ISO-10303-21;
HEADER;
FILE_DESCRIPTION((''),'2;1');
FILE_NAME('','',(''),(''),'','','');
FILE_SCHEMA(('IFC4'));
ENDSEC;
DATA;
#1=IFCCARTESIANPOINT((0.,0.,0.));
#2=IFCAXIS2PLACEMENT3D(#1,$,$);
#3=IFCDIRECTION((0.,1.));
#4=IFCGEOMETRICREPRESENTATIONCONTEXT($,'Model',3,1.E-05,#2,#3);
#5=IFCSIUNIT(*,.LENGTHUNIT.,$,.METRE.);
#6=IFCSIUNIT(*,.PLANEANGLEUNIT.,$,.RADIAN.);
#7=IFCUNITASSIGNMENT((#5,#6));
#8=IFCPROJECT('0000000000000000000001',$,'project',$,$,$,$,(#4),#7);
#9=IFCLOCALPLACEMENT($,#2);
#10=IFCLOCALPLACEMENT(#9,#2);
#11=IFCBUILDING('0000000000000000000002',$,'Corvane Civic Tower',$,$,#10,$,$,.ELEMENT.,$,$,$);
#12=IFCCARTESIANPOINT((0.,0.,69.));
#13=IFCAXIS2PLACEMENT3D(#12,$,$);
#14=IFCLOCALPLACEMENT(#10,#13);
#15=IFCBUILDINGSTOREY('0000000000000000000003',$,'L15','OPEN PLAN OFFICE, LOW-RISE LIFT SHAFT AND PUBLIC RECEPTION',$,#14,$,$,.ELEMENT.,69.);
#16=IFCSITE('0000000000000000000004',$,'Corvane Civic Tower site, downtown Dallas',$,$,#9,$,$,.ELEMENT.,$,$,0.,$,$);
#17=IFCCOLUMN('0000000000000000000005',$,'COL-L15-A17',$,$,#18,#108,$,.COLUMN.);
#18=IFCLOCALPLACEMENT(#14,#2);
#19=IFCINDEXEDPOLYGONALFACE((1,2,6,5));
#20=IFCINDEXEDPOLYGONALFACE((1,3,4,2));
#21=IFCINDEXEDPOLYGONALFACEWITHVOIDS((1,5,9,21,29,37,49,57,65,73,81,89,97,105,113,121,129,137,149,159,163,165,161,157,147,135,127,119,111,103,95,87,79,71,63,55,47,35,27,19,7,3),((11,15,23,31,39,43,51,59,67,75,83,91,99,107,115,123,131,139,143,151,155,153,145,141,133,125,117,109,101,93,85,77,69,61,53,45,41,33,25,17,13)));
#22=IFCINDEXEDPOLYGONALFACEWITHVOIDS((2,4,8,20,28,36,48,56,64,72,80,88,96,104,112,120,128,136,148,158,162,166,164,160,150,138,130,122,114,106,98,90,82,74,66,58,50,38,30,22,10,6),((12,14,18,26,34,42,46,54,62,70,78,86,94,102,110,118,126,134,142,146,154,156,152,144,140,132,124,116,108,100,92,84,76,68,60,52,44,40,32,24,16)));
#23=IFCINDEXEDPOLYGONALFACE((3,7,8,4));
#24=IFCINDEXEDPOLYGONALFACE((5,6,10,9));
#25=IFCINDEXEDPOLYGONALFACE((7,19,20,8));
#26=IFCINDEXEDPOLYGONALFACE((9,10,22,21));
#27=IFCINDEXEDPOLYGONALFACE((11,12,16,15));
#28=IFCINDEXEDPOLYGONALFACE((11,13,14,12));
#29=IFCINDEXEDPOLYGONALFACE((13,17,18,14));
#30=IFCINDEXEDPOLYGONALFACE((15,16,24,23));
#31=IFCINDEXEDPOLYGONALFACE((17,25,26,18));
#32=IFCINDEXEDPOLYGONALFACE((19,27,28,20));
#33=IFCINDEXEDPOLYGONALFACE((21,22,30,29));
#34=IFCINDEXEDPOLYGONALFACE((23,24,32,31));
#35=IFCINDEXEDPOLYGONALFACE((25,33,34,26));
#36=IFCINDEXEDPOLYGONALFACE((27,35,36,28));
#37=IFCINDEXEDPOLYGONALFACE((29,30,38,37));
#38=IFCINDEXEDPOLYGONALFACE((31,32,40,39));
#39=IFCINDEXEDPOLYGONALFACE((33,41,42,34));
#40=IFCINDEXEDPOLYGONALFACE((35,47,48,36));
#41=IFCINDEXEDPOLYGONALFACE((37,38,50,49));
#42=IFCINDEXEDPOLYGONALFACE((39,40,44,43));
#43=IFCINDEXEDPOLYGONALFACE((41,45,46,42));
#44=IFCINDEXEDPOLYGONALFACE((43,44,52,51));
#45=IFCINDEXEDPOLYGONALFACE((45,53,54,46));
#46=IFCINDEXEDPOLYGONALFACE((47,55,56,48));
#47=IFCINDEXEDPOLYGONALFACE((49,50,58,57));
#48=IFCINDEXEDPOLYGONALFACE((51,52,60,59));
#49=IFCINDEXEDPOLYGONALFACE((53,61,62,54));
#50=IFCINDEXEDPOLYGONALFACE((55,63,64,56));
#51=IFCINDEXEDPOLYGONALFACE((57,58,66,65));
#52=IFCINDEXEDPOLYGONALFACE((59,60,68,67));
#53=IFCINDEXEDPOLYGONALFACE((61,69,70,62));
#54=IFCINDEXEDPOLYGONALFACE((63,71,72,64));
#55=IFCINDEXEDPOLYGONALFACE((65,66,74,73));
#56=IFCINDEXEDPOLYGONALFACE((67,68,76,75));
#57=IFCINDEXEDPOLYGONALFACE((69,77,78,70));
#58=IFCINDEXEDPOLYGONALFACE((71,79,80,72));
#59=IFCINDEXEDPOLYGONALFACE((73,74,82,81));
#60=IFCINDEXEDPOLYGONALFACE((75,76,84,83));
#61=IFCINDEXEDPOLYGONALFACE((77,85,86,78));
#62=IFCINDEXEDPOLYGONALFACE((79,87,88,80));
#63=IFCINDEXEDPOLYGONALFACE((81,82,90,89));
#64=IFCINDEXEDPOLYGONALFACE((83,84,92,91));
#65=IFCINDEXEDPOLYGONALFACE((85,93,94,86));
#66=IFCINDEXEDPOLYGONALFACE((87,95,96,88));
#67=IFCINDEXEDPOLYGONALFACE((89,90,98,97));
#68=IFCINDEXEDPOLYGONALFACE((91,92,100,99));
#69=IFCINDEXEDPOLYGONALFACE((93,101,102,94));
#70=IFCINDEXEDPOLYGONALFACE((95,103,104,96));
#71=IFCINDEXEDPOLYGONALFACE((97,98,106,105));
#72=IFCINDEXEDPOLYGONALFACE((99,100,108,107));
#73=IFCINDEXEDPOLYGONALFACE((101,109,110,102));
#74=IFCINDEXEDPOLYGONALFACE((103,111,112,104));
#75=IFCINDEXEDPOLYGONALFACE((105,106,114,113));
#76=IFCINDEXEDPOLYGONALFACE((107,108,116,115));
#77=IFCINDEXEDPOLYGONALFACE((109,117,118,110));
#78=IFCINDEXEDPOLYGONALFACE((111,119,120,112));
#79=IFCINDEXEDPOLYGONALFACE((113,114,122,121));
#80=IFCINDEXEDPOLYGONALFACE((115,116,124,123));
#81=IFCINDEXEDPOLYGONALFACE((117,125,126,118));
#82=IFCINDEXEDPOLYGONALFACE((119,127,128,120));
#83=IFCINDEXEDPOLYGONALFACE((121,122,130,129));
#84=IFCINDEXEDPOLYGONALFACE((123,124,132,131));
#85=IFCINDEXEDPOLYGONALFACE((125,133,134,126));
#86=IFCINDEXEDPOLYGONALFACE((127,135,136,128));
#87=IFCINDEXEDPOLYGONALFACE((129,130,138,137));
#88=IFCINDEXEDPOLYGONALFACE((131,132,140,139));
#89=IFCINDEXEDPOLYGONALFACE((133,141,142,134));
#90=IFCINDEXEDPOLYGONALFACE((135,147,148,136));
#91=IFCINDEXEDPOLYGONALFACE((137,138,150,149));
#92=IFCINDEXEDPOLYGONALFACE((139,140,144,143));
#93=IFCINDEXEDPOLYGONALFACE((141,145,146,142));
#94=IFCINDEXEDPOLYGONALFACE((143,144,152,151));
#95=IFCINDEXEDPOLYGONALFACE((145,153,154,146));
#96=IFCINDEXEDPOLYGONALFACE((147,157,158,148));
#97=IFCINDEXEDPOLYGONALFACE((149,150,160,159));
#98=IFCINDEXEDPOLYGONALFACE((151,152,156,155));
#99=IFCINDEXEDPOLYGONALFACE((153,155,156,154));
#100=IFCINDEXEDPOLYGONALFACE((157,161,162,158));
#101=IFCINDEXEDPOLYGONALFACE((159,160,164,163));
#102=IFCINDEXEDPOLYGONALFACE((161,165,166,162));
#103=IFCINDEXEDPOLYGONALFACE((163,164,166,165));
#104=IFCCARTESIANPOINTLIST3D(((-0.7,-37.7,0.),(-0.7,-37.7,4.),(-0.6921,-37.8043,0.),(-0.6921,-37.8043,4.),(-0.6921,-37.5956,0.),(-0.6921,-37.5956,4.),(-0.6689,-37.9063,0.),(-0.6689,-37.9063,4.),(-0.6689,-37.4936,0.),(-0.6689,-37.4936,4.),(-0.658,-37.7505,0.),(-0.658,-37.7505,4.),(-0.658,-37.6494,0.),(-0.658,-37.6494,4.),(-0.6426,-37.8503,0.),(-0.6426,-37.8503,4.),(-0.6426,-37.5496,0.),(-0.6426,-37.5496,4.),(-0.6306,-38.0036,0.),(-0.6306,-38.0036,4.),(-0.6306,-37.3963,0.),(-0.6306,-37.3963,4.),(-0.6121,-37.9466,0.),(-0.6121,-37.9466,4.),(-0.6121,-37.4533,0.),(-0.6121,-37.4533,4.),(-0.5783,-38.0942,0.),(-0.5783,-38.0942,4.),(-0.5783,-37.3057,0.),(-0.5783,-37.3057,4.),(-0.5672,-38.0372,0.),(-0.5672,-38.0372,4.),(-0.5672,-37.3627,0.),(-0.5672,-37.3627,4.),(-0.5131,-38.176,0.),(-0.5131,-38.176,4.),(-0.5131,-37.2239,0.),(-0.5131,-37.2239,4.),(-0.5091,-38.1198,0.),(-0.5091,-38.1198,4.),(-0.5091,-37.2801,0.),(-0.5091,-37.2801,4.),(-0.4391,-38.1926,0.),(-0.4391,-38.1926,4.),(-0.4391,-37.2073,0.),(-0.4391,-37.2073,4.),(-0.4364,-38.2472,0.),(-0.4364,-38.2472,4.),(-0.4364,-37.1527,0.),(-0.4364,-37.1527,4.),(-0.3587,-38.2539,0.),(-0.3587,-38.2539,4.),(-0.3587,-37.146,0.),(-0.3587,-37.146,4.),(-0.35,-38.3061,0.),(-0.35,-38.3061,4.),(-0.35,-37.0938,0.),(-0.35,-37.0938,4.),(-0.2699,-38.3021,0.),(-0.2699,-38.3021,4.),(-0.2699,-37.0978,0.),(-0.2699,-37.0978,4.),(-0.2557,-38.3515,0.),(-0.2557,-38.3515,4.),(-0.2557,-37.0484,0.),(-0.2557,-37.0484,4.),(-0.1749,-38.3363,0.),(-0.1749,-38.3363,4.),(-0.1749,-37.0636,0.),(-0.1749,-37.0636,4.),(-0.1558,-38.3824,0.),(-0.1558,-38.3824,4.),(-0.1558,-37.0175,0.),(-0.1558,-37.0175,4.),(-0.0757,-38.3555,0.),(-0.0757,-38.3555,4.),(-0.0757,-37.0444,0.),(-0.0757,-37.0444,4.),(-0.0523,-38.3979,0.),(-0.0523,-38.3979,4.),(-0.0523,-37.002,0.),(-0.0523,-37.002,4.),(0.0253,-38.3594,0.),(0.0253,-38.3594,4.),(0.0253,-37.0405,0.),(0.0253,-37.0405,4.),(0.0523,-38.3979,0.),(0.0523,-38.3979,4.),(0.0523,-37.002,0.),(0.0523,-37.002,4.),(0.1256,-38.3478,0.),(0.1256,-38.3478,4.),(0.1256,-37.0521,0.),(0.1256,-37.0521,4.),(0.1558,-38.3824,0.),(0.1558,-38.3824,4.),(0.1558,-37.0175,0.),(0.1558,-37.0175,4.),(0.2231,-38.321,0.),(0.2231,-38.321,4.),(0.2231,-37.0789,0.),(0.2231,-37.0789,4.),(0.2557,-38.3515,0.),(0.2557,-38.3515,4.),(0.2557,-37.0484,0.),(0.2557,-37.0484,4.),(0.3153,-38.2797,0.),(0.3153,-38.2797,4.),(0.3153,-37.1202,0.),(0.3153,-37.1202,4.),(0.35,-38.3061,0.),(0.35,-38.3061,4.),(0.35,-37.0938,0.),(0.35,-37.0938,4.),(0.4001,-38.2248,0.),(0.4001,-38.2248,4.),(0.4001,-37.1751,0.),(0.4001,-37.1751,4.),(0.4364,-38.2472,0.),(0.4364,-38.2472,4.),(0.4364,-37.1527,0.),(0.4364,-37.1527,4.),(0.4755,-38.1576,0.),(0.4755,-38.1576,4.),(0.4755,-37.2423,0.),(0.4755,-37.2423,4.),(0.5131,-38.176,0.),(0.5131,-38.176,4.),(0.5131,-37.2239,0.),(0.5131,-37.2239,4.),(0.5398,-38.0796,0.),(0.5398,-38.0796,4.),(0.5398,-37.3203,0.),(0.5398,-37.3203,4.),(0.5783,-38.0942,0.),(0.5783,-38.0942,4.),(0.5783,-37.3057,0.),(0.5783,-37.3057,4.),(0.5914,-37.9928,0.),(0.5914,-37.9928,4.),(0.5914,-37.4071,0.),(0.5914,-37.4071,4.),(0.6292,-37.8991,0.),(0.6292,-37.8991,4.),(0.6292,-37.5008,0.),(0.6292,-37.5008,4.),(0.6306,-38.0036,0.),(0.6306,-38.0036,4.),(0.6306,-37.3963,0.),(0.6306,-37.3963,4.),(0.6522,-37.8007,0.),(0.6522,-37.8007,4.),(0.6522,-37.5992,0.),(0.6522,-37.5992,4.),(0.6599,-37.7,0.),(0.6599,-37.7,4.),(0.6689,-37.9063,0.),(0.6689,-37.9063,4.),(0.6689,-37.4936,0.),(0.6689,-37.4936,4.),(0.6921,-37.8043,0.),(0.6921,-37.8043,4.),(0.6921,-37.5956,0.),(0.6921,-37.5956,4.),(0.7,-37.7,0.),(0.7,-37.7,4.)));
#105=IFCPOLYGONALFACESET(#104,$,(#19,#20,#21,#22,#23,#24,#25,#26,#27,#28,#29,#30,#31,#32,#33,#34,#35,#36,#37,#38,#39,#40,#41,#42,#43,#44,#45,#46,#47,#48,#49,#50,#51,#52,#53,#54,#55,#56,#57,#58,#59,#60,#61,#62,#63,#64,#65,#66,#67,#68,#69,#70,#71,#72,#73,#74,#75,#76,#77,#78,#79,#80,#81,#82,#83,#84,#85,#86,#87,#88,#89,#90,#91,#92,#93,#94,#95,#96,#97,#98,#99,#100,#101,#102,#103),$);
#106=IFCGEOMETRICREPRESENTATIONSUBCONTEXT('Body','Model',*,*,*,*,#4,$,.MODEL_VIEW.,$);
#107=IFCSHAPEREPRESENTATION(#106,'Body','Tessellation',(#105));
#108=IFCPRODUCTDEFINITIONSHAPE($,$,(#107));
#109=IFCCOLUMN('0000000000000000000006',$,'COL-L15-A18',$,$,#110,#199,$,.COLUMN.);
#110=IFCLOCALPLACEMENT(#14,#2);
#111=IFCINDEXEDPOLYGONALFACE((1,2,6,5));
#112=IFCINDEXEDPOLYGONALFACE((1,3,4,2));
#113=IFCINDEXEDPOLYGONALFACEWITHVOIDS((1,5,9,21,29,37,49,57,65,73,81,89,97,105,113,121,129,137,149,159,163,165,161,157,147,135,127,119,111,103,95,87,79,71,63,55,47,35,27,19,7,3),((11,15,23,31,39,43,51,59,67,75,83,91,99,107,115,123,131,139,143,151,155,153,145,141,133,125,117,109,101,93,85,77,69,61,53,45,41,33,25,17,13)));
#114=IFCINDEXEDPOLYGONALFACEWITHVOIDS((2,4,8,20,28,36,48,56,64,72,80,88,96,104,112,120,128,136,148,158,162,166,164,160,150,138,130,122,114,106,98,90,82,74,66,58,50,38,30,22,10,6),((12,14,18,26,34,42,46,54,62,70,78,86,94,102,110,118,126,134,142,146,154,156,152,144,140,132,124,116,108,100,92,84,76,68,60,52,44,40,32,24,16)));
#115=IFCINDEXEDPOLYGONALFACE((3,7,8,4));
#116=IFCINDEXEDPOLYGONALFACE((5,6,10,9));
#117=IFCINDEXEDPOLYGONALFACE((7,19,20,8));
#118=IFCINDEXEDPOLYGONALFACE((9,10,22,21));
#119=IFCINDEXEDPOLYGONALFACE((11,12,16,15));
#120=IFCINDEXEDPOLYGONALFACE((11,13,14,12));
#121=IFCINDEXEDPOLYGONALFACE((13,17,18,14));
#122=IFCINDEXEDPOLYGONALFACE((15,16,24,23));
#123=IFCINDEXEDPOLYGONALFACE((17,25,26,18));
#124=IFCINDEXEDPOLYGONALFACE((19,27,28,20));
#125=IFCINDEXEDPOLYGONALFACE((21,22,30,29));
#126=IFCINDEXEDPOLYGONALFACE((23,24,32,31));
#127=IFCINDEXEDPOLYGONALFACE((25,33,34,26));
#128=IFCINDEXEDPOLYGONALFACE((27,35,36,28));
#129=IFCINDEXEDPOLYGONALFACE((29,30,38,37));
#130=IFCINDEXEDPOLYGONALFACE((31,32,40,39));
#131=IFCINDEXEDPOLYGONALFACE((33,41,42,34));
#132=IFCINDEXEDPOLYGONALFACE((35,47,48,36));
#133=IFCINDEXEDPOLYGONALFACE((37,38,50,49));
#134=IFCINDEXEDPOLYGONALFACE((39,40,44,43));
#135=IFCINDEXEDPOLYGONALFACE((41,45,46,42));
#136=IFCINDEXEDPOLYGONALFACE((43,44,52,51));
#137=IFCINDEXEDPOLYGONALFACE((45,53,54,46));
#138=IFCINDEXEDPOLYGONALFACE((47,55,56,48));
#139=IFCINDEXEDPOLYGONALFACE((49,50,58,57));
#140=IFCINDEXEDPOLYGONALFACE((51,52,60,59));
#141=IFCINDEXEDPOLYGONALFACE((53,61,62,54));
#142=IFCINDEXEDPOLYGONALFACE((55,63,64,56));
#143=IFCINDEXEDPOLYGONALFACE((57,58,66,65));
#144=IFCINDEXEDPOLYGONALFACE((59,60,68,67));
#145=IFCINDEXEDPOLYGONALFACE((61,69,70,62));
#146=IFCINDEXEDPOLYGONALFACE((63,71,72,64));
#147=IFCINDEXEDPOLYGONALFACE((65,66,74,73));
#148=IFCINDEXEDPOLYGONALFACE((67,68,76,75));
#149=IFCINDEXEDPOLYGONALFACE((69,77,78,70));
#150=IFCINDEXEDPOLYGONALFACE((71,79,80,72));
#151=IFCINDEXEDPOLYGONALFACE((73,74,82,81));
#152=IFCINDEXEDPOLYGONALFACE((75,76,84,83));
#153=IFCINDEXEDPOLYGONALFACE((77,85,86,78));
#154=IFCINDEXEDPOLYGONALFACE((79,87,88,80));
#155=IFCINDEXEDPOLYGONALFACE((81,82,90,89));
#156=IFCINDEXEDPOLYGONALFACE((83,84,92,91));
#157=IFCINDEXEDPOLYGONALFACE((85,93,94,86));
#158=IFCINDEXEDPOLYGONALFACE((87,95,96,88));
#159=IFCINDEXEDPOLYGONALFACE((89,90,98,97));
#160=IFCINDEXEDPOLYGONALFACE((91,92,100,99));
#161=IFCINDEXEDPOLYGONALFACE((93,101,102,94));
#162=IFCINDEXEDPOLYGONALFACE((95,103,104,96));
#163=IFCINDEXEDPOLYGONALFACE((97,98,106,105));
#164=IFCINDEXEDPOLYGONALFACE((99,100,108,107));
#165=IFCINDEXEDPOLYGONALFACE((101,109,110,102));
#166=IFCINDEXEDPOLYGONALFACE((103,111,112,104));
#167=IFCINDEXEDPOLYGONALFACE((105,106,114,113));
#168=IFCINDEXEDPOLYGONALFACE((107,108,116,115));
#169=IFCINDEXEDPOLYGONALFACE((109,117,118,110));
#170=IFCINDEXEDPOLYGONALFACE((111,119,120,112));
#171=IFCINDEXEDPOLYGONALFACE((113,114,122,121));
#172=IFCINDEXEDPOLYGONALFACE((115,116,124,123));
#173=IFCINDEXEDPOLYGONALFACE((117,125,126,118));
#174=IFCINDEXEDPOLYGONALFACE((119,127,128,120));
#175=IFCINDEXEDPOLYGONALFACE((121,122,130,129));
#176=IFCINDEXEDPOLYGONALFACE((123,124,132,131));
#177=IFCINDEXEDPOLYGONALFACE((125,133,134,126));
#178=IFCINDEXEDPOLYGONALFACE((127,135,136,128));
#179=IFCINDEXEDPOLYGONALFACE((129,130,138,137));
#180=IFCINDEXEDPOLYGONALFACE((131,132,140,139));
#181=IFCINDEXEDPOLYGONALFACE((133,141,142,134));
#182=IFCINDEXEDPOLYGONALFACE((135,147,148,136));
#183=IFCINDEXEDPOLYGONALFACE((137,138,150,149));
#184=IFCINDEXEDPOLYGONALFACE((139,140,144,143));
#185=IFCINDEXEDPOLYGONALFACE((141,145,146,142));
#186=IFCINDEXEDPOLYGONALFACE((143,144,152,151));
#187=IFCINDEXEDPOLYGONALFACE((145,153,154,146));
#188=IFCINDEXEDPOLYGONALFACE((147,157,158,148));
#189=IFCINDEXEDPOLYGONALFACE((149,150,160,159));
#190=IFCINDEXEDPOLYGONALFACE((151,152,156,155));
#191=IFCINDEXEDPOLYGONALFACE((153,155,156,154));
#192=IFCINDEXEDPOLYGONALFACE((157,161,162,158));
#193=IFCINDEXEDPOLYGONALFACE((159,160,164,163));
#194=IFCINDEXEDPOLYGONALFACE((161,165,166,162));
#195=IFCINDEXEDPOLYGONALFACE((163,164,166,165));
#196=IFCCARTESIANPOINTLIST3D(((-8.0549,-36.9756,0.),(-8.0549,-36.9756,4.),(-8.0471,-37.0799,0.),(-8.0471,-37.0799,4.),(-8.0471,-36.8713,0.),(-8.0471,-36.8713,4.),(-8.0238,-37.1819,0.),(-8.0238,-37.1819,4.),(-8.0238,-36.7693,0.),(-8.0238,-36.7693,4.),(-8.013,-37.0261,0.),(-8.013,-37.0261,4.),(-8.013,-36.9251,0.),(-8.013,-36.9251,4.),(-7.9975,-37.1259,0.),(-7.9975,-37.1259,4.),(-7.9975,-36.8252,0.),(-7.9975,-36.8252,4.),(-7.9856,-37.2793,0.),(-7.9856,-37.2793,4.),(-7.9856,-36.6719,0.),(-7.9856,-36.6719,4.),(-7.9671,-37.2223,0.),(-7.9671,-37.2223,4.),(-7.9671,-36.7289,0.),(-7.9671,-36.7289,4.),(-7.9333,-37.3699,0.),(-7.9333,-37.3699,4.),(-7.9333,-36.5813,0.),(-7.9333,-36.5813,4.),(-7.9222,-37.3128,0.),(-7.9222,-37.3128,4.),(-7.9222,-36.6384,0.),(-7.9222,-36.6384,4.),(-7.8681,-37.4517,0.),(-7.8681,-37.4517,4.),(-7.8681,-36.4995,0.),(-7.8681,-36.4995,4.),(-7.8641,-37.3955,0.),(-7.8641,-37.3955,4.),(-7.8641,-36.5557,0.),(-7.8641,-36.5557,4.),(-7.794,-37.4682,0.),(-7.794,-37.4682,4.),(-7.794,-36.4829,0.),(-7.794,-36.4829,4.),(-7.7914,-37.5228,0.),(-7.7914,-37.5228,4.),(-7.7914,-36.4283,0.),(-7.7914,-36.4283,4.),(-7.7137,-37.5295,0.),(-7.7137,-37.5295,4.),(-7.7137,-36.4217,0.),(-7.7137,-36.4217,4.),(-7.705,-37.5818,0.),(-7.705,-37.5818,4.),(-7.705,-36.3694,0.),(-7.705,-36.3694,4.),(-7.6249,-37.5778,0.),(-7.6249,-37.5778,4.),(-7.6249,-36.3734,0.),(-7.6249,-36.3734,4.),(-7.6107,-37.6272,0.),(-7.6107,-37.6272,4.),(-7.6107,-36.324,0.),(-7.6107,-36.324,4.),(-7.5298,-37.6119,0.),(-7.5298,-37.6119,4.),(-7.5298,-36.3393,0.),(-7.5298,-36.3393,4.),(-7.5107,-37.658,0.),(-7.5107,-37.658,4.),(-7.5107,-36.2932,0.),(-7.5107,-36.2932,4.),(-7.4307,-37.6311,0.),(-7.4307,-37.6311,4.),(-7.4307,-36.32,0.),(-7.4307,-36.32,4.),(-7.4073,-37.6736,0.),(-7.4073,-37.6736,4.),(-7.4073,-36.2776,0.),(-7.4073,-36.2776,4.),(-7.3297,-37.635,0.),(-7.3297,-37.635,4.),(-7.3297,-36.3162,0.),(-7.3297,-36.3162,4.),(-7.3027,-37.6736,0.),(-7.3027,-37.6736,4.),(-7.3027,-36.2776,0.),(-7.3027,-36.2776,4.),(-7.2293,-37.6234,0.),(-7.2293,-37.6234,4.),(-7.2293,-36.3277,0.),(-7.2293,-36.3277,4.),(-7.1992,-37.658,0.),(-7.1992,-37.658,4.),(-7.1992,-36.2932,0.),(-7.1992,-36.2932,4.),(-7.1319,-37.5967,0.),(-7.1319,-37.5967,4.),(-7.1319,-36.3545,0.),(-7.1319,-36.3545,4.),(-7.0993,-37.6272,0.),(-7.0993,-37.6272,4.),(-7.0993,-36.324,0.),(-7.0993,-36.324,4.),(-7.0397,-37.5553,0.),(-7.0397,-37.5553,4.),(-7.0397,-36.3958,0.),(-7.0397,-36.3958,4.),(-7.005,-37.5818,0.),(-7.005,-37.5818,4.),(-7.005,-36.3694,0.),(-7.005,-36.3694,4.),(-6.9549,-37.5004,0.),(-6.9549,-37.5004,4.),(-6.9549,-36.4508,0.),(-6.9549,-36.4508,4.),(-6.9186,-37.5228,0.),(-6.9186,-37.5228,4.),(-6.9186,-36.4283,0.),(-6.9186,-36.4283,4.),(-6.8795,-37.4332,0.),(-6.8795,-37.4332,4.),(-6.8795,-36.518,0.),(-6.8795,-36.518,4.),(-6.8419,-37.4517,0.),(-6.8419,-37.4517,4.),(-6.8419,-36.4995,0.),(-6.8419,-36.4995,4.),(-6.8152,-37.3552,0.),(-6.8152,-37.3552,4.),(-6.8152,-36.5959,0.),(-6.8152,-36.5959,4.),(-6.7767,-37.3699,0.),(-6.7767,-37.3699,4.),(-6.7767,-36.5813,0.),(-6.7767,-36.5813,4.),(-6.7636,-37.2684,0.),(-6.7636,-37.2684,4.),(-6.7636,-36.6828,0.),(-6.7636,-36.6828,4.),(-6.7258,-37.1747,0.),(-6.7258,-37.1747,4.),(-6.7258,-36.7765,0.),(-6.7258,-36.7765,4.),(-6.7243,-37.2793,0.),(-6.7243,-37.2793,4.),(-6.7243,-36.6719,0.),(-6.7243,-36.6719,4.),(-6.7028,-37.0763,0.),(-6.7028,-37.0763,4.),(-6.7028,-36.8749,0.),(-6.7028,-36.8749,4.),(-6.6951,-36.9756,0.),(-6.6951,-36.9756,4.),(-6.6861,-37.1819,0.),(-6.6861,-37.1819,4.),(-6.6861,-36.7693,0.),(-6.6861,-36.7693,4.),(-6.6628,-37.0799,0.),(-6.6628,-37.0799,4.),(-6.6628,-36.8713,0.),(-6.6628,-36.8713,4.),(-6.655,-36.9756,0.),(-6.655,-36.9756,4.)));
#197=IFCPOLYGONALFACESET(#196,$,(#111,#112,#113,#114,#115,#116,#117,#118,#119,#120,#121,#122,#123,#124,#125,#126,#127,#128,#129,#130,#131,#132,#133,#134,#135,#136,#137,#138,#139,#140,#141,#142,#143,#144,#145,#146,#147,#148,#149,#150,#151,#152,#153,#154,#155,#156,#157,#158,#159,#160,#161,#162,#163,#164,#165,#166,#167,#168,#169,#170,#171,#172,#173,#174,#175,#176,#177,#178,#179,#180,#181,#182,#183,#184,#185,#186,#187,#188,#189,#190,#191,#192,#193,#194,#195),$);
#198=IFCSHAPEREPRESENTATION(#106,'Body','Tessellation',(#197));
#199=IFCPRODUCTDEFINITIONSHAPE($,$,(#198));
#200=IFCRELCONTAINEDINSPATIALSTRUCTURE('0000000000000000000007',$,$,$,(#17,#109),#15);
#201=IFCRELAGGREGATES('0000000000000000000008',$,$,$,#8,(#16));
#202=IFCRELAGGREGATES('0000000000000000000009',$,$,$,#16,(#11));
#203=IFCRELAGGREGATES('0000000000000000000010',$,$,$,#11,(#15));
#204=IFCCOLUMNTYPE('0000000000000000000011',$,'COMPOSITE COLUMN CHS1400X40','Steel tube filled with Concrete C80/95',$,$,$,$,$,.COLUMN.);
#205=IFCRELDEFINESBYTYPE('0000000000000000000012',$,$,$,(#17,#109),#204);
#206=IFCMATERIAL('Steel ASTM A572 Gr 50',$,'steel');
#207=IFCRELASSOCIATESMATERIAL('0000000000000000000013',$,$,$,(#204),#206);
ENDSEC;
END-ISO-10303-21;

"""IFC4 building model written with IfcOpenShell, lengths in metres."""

from ifc_helpers import new_model, si_unit, direction, frame, origin, origin_2d, place, context, subcontext, project, spatial, hollow_circle, extrude, material, material_profile, profile_set, type_object, element, save


model = new_model("IFC4")

# Units and contexts
model_context = context("Model", 3, precision=1e-05, world=origin(), true_north=direction((0.0, 1.0)))
body_context = subcontext(model_context, "Body", "Model", "MODEL_VIEW")
ifc_project = project(units=[si_unit("LENGTHUNIT", "METRE"), si_unit("PLANEANGLEUNIT", "RADIAN")], contexts=[model_context])

# Site, building, storey
site_placement = place(None, origin())
site = spatial("IfcSite", under=ifc_project, at=site_placement, Name="Corvane Civic Tower site, downtown Dallas", CompositionType="ELEMENT", RefElevation=0.0)
building_placement = place(site_placement, origin())
building = spatial("IfcBuilding", under=site, at=building_placement, Name="Corvane Civic Tower", CompositionType="ELEMENT")
storey_placement = place(building_placement, frame((0.0, 0.0, 69.0)))
storey = spatial("IfcBuildingStorey", under=building, at=storey_placement, Name="L15", Description="OPEN PLAN OFFICE, LOW-RISE LIFT SHAFT AND PUBLIC RECEPTION", CompositionType="ELEMENT", Elevation=69.0)

# Columns
ifc_material_1 = material(Name="Steel ASTM A572 Gr 50", Category="steel")
ifc_material_profile_1 = material_profile(ifc_material_1, hollow_circle(Radius=0.7, WallThickness=0.04, at=origin_2d()), Name="CHS1400X40")
ifc_profile_set_1 = profile_set([ifc_material_profile_1], Name="Steel ASTM A572 Gr 50")
column_type = type_object("IfcColumnType", Name="COMPOSITE COLUMN CHS1400X40", Description="Steel tube filled with Concrete C80/95", PredefinedType="COLUMN", material=ifc_profile_set_1)
for number, where, z_axis, x_axis, name in (
    (1, (0.0, -37.7, 0.0), (0.0, 0.0, 1.0), (1.0, 0.0, 0.0), "COL-L15-A17"),
    (2, (-7.355, -36.9756, 0.0), (0.0, 0.0, 1.0), (1.0, 0.0, 0.0), "COL-L15-A18"),
):
    element("IfcColumn", number, at=place(storey_placement, frame(where, z_axis=z_axis, x_axis=x_axis)), inside=storey, type_object=column_type, Name=name, PredefinedType="COLUMN", context=body_context, shape_type="SweptSolid", body=[
        extrude(hollow_circle(Radius=0.7, WallThickness=0.04, at=origin_2d()), origin(), (0.0, 0.0, 1.0), 4.0),
    ])

save(model, "model.ifc")
